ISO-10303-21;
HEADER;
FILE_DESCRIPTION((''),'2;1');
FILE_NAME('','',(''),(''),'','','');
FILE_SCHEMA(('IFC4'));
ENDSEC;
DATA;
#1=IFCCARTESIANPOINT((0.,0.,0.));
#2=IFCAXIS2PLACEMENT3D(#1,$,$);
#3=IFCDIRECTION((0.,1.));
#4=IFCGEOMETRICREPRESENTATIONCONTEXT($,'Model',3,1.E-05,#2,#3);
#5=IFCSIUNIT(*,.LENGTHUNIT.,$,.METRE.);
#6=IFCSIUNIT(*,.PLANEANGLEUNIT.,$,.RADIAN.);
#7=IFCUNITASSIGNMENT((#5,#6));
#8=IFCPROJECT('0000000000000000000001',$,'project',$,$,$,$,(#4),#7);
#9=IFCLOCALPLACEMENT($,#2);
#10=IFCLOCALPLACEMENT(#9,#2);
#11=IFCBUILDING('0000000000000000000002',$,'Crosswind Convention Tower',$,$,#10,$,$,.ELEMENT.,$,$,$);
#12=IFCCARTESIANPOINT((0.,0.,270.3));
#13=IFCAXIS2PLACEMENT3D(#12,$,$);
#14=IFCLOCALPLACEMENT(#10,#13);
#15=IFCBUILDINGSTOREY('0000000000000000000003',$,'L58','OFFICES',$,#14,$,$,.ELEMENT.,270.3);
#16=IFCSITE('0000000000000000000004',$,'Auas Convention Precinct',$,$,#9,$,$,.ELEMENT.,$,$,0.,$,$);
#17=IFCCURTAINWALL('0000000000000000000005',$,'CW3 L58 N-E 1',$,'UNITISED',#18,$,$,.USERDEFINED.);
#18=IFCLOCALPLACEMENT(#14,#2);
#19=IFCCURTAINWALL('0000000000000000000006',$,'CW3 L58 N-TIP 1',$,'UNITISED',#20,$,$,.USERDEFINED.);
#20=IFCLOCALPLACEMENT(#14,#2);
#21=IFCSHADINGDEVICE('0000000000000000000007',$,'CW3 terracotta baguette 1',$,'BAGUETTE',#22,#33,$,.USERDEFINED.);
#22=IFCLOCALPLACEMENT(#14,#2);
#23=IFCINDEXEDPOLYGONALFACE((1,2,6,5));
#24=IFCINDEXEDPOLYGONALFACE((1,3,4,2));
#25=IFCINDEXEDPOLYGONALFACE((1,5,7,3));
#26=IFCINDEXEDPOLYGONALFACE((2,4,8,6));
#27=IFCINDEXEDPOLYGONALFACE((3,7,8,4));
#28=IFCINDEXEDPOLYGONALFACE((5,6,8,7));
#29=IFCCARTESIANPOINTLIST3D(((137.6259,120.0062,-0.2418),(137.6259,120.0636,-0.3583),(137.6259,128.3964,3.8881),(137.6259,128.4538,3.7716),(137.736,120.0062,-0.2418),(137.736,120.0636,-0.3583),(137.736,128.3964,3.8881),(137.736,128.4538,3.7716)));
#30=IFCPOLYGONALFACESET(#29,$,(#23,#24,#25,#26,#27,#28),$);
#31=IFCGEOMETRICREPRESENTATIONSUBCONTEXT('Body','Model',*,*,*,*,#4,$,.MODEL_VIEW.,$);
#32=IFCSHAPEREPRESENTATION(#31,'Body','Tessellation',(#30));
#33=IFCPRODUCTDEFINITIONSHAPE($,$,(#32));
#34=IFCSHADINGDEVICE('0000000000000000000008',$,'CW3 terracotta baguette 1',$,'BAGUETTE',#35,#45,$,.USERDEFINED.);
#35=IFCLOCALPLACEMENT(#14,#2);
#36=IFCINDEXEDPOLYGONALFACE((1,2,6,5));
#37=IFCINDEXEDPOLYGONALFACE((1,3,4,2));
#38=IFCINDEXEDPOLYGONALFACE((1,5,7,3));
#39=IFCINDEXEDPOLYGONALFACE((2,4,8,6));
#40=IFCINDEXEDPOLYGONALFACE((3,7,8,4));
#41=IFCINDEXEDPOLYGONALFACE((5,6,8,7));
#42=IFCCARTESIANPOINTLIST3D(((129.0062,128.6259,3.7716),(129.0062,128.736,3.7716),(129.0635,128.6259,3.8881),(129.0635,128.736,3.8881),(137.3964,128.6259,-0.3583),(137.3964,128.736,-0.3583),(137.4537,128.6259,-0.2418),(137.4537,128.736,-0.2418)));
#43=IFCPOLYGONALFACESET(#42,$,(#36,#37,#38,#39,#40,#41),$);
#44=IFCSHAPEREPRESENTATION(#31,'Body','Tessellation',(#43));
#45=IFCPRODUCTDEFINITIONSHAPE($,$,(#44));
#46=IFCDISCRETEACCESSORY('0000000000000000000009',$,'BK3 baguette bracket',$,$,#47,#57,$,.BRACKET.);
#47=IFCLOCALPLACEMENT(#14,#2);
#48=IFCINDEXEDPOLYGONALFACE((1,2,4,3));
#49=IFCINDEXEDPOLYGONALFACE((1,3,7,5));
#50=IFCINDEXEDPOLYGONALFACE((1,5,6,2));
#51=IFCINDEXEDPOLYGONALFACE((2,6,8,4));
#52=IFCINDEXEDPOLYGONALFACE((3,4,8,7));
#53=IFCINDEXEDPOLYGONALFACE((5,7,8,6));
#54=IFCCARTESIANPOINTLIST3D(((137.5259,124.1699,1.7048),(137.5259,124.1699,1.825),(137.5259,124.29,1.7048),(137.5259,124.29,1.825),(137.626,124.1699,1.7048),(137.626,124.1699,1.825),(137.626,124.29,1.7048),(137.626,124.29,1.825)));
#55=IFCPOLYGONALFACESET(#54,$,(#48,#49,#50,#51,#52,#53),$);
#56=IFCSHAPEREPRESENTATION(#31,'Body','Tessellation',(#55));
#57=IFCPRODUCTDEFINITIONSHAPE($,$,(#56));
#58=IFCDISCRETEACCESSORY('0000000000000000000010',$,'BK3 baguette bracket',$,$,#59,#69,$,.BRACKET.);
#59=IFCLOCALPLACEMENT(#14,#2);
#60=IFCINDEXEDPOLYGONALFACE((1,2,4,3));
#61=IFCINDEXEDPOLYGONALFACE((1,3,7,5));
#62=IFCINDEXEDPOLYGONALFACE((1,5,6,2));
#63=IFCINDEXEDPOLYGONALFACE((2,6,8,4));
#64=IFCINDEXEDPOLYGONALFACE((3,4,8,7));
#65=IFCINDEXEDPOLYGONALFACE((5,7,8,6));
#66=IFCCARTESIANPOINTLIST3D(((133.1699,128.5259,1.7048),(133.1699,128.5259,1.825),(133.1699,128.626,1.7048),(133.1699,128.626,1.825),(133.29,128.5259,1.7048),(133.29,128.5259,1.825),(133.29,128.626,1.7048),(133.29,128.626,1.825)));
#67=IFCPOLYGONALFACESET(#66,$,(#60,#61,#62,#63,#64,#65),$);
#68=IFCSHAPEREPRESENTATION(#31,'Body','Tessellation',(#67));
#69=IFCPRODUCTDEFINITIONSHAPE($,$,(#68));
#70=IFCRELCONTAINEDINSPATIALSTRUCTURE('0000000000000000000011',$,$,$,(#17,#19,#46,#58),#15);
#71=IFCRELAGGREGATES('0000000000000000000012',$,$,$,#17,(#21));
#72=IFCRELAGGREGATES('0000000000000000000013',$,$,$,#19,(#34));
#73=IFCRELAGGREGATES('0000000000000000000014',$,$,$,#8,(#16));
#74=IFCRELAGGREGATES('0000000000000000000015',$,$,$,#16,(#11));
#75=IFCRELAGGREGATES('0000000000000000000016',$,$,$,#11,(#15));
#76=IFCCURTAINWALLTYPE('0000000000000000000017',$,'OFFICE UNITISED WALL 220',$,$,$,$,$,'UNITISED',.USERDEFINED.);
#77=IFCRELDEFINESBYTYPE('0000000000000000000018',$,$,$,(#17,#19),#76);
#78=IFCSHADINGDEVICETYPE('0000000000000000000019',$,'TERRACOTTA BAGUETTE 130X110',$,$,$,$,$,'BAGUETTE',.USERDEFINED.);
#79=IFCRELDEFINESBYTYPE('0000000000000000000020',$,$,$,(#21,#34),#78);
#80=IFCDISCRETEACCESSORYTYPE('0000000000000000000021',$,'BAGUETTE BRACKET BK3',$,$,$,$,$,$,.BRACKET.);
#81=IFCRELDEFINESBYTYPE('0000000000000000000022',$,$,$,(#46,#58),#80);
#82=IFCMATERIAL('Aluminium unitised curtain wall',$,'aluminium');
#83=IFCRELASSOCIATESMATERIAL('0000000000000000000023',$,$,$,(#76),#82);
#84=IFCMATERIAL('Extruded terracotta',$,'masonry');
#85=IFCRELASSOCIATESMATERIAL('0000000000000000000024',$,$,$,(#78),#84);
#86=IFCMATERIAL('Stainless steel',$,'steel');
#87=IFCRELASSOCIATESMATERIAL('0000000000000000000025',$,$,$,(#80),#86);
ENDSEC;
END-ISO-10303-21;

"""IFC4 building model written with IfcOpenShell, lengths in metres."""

from ifc_helpers import new_model, si_unit, direction, frame, origin, origin_2d, place, context, subcontext, project, spatial, rectangle, extrude, material, material_profile, profile_set, type_object, element, aggregate, save


model = new_model("IFC4")

# Units and contexts
model_context = context("Model", 3, precision=1e-05, world=origin(), true_north=direction((0.0, 1.0)))
body_context = subcontext(model_context, "Body", "Model", "MODEL_VIEW")
ifc_project = project(units=[si_unit("LENGTHUNIT", "METRE"), si_unit("PLANEANGLEUNIT", "RADIAN")], contexts=[model_context])

# Site, building, storey
site_placement = place(None, origin())
site = spatial("IfcSite", under=ifc_project, at=site_placement, Name="Auas Convention Precinct", CompositionType="ELEMENT", RefElevation=0.0)
building_placement = place(site_placement, origin())
building = spatial("IfcBuilding", under=site, at=building_placement, Name="Crosswind Convention Tower", CompositionType="ELEMENT")
storey_placement = place(building_placement, frame((0.0, 0.0, 270.3)))
storey = spatial("IfcBuildingStorey", under=building, at=storey_placement, Name="L58", Description="OFFICES", CompositionType="ELEMENT", Elevation=270.3)

# Curtain wall
ifc_material_1 = material(Name="Aluminium unitised curtain wall", Category="aluminium")
curtain_wall_type_1 = type_object("IfcCurtainWallType", Name="OFFICE UNITISED WALL 220", ElementType="UNITISED", PredefinedType="USERDEFINED", material=ifc_material_1)
curtain_wall_1_placement = place(storey_placement, origin())
curtain_wall_1 = element("IfcCurtainWall", 1, at=curtain_wall_1_placement, inside=storey, type_object=curtain_wall_type_1, Name="CW3 L58 N-E 1", ObjectType="UNITISED", PredefinedType="USERDEFINED")

# Curtain wall
curtain_wall_2_placement = place(storey_placement, origin())
curtain_wall_2 = element("IfcCurtainWall", 2, at=curtain_wall_2_placement, inside=storey, type_object=curtain_wall_type_1, Name="CW3 L58 N-TIP 1", ObjectType="UNITISED", PredefinedType="USERDEFINED")

# Shading devices
ifc_material_2 = material(Name="Extruded terracotta", Category="masonry")
ifc_material_profile_1 = material_profile(ifc_material_2, rectangle(XDim=0.1101, YDim=0.1299, at=origin_2d()), Name="TC 110X130")
ifc_profile_set_1 = profile_set([ifc_material_profile_1], Name="Extruded terracotta")
shading_device_type = type_object("IfcShadingDeviceType", Name="TERRACOTTA BAGUETTE 130X110", ElementType="BAGUETTE", PredefinedType="USERDEFINED", material=ifc_profile_set_1)
shading_device_1_placement = place(storey_placement, frame((137.6809, 120.0349, -0.3), z_axis=(0.0, 0.897198, 0.441628), x_axis=(-1.0, 0.0, 0.0)))
shading_device_1 = element("IfcShadingDevice", 3, at=shading_device_1_placement, type_object=shading_device_type, Name="CW3 terracotta baguette 1", ObjectType="BAGUETTE", PredefinedType="USERDEFINED", context=body_context, shape_type="SweptSolid", body=[
    extrude(rectangle(XDim=0.1101, YDim=0.1299, at=origin_2d()), origin(), (0.0, 0.0, 1.0), 9.3516),
])
aggregate(curtain_wall_1, [shading_device_1])
shading_device_2_placement = place(storey_placement, frame((137.425, 128.6809, -0.3), z_axis=(-0.897198, 0.0, 0.441628), x_axis=(0.0, -1.0, 0.0)))
shading_device_2 = element("IfcShadingDevice", 4, at=shading_device_2_placement, type_object=shading_device_type, Name="CW3 terracotta baguette 1", ObjectType="BAGUETTE", PredefinedType="USERDEFINED", context=body_context, shape_type="SweptSolid", body=[
    extrude(rectangle(XDim=0.1101, YDim=0.1299, at=origin_2d()), origin(), (0.0, 0.0, 1.0), 9.3516),
])
aggregate(curtain_wall_2, [shading_device_2])

# Discrete accessories
ifc_material_3 = material(Name="Stainless steel", Category="steel")
discrete_accessory_type = type_object("IfcDiscreteAccessoryType", Name="BAGUETTE BRACKET BK3", PredefinedType="BRACKET", material=ifc_material_3)
for number, where, z_axis, x_axis, name in (
    (5, (137.5759, 124.23, 1.7048), (0.0, 0.0, 1.0), (0.0, 1.0, 0.0), "BK3 baguette bracket"),
    (6, (133.23, 128.5759, 1.7048), (0.0, 0.0, 1.0), (-1.0, 0.0, 0.0), "BK3 baguette bracket"),
):
    element("IfcDiscreteAccessory", number, at=place(storey_placement, frame(where, z_axis=z_axis, x_axis=x_axis)), inside=storey, type_object=discrete_accessory_type, Name=name, PredefinedType="BRACKET", context=body_context, shape_type="SweptSolid", body=[
        extrude(rectangle(XDim=0.1201, YDim=0.1001, at=origin_2d()), origin(), (0.0, 0.0, 1.0), 0.1201),
    ])

save(model, "model.ifc")
